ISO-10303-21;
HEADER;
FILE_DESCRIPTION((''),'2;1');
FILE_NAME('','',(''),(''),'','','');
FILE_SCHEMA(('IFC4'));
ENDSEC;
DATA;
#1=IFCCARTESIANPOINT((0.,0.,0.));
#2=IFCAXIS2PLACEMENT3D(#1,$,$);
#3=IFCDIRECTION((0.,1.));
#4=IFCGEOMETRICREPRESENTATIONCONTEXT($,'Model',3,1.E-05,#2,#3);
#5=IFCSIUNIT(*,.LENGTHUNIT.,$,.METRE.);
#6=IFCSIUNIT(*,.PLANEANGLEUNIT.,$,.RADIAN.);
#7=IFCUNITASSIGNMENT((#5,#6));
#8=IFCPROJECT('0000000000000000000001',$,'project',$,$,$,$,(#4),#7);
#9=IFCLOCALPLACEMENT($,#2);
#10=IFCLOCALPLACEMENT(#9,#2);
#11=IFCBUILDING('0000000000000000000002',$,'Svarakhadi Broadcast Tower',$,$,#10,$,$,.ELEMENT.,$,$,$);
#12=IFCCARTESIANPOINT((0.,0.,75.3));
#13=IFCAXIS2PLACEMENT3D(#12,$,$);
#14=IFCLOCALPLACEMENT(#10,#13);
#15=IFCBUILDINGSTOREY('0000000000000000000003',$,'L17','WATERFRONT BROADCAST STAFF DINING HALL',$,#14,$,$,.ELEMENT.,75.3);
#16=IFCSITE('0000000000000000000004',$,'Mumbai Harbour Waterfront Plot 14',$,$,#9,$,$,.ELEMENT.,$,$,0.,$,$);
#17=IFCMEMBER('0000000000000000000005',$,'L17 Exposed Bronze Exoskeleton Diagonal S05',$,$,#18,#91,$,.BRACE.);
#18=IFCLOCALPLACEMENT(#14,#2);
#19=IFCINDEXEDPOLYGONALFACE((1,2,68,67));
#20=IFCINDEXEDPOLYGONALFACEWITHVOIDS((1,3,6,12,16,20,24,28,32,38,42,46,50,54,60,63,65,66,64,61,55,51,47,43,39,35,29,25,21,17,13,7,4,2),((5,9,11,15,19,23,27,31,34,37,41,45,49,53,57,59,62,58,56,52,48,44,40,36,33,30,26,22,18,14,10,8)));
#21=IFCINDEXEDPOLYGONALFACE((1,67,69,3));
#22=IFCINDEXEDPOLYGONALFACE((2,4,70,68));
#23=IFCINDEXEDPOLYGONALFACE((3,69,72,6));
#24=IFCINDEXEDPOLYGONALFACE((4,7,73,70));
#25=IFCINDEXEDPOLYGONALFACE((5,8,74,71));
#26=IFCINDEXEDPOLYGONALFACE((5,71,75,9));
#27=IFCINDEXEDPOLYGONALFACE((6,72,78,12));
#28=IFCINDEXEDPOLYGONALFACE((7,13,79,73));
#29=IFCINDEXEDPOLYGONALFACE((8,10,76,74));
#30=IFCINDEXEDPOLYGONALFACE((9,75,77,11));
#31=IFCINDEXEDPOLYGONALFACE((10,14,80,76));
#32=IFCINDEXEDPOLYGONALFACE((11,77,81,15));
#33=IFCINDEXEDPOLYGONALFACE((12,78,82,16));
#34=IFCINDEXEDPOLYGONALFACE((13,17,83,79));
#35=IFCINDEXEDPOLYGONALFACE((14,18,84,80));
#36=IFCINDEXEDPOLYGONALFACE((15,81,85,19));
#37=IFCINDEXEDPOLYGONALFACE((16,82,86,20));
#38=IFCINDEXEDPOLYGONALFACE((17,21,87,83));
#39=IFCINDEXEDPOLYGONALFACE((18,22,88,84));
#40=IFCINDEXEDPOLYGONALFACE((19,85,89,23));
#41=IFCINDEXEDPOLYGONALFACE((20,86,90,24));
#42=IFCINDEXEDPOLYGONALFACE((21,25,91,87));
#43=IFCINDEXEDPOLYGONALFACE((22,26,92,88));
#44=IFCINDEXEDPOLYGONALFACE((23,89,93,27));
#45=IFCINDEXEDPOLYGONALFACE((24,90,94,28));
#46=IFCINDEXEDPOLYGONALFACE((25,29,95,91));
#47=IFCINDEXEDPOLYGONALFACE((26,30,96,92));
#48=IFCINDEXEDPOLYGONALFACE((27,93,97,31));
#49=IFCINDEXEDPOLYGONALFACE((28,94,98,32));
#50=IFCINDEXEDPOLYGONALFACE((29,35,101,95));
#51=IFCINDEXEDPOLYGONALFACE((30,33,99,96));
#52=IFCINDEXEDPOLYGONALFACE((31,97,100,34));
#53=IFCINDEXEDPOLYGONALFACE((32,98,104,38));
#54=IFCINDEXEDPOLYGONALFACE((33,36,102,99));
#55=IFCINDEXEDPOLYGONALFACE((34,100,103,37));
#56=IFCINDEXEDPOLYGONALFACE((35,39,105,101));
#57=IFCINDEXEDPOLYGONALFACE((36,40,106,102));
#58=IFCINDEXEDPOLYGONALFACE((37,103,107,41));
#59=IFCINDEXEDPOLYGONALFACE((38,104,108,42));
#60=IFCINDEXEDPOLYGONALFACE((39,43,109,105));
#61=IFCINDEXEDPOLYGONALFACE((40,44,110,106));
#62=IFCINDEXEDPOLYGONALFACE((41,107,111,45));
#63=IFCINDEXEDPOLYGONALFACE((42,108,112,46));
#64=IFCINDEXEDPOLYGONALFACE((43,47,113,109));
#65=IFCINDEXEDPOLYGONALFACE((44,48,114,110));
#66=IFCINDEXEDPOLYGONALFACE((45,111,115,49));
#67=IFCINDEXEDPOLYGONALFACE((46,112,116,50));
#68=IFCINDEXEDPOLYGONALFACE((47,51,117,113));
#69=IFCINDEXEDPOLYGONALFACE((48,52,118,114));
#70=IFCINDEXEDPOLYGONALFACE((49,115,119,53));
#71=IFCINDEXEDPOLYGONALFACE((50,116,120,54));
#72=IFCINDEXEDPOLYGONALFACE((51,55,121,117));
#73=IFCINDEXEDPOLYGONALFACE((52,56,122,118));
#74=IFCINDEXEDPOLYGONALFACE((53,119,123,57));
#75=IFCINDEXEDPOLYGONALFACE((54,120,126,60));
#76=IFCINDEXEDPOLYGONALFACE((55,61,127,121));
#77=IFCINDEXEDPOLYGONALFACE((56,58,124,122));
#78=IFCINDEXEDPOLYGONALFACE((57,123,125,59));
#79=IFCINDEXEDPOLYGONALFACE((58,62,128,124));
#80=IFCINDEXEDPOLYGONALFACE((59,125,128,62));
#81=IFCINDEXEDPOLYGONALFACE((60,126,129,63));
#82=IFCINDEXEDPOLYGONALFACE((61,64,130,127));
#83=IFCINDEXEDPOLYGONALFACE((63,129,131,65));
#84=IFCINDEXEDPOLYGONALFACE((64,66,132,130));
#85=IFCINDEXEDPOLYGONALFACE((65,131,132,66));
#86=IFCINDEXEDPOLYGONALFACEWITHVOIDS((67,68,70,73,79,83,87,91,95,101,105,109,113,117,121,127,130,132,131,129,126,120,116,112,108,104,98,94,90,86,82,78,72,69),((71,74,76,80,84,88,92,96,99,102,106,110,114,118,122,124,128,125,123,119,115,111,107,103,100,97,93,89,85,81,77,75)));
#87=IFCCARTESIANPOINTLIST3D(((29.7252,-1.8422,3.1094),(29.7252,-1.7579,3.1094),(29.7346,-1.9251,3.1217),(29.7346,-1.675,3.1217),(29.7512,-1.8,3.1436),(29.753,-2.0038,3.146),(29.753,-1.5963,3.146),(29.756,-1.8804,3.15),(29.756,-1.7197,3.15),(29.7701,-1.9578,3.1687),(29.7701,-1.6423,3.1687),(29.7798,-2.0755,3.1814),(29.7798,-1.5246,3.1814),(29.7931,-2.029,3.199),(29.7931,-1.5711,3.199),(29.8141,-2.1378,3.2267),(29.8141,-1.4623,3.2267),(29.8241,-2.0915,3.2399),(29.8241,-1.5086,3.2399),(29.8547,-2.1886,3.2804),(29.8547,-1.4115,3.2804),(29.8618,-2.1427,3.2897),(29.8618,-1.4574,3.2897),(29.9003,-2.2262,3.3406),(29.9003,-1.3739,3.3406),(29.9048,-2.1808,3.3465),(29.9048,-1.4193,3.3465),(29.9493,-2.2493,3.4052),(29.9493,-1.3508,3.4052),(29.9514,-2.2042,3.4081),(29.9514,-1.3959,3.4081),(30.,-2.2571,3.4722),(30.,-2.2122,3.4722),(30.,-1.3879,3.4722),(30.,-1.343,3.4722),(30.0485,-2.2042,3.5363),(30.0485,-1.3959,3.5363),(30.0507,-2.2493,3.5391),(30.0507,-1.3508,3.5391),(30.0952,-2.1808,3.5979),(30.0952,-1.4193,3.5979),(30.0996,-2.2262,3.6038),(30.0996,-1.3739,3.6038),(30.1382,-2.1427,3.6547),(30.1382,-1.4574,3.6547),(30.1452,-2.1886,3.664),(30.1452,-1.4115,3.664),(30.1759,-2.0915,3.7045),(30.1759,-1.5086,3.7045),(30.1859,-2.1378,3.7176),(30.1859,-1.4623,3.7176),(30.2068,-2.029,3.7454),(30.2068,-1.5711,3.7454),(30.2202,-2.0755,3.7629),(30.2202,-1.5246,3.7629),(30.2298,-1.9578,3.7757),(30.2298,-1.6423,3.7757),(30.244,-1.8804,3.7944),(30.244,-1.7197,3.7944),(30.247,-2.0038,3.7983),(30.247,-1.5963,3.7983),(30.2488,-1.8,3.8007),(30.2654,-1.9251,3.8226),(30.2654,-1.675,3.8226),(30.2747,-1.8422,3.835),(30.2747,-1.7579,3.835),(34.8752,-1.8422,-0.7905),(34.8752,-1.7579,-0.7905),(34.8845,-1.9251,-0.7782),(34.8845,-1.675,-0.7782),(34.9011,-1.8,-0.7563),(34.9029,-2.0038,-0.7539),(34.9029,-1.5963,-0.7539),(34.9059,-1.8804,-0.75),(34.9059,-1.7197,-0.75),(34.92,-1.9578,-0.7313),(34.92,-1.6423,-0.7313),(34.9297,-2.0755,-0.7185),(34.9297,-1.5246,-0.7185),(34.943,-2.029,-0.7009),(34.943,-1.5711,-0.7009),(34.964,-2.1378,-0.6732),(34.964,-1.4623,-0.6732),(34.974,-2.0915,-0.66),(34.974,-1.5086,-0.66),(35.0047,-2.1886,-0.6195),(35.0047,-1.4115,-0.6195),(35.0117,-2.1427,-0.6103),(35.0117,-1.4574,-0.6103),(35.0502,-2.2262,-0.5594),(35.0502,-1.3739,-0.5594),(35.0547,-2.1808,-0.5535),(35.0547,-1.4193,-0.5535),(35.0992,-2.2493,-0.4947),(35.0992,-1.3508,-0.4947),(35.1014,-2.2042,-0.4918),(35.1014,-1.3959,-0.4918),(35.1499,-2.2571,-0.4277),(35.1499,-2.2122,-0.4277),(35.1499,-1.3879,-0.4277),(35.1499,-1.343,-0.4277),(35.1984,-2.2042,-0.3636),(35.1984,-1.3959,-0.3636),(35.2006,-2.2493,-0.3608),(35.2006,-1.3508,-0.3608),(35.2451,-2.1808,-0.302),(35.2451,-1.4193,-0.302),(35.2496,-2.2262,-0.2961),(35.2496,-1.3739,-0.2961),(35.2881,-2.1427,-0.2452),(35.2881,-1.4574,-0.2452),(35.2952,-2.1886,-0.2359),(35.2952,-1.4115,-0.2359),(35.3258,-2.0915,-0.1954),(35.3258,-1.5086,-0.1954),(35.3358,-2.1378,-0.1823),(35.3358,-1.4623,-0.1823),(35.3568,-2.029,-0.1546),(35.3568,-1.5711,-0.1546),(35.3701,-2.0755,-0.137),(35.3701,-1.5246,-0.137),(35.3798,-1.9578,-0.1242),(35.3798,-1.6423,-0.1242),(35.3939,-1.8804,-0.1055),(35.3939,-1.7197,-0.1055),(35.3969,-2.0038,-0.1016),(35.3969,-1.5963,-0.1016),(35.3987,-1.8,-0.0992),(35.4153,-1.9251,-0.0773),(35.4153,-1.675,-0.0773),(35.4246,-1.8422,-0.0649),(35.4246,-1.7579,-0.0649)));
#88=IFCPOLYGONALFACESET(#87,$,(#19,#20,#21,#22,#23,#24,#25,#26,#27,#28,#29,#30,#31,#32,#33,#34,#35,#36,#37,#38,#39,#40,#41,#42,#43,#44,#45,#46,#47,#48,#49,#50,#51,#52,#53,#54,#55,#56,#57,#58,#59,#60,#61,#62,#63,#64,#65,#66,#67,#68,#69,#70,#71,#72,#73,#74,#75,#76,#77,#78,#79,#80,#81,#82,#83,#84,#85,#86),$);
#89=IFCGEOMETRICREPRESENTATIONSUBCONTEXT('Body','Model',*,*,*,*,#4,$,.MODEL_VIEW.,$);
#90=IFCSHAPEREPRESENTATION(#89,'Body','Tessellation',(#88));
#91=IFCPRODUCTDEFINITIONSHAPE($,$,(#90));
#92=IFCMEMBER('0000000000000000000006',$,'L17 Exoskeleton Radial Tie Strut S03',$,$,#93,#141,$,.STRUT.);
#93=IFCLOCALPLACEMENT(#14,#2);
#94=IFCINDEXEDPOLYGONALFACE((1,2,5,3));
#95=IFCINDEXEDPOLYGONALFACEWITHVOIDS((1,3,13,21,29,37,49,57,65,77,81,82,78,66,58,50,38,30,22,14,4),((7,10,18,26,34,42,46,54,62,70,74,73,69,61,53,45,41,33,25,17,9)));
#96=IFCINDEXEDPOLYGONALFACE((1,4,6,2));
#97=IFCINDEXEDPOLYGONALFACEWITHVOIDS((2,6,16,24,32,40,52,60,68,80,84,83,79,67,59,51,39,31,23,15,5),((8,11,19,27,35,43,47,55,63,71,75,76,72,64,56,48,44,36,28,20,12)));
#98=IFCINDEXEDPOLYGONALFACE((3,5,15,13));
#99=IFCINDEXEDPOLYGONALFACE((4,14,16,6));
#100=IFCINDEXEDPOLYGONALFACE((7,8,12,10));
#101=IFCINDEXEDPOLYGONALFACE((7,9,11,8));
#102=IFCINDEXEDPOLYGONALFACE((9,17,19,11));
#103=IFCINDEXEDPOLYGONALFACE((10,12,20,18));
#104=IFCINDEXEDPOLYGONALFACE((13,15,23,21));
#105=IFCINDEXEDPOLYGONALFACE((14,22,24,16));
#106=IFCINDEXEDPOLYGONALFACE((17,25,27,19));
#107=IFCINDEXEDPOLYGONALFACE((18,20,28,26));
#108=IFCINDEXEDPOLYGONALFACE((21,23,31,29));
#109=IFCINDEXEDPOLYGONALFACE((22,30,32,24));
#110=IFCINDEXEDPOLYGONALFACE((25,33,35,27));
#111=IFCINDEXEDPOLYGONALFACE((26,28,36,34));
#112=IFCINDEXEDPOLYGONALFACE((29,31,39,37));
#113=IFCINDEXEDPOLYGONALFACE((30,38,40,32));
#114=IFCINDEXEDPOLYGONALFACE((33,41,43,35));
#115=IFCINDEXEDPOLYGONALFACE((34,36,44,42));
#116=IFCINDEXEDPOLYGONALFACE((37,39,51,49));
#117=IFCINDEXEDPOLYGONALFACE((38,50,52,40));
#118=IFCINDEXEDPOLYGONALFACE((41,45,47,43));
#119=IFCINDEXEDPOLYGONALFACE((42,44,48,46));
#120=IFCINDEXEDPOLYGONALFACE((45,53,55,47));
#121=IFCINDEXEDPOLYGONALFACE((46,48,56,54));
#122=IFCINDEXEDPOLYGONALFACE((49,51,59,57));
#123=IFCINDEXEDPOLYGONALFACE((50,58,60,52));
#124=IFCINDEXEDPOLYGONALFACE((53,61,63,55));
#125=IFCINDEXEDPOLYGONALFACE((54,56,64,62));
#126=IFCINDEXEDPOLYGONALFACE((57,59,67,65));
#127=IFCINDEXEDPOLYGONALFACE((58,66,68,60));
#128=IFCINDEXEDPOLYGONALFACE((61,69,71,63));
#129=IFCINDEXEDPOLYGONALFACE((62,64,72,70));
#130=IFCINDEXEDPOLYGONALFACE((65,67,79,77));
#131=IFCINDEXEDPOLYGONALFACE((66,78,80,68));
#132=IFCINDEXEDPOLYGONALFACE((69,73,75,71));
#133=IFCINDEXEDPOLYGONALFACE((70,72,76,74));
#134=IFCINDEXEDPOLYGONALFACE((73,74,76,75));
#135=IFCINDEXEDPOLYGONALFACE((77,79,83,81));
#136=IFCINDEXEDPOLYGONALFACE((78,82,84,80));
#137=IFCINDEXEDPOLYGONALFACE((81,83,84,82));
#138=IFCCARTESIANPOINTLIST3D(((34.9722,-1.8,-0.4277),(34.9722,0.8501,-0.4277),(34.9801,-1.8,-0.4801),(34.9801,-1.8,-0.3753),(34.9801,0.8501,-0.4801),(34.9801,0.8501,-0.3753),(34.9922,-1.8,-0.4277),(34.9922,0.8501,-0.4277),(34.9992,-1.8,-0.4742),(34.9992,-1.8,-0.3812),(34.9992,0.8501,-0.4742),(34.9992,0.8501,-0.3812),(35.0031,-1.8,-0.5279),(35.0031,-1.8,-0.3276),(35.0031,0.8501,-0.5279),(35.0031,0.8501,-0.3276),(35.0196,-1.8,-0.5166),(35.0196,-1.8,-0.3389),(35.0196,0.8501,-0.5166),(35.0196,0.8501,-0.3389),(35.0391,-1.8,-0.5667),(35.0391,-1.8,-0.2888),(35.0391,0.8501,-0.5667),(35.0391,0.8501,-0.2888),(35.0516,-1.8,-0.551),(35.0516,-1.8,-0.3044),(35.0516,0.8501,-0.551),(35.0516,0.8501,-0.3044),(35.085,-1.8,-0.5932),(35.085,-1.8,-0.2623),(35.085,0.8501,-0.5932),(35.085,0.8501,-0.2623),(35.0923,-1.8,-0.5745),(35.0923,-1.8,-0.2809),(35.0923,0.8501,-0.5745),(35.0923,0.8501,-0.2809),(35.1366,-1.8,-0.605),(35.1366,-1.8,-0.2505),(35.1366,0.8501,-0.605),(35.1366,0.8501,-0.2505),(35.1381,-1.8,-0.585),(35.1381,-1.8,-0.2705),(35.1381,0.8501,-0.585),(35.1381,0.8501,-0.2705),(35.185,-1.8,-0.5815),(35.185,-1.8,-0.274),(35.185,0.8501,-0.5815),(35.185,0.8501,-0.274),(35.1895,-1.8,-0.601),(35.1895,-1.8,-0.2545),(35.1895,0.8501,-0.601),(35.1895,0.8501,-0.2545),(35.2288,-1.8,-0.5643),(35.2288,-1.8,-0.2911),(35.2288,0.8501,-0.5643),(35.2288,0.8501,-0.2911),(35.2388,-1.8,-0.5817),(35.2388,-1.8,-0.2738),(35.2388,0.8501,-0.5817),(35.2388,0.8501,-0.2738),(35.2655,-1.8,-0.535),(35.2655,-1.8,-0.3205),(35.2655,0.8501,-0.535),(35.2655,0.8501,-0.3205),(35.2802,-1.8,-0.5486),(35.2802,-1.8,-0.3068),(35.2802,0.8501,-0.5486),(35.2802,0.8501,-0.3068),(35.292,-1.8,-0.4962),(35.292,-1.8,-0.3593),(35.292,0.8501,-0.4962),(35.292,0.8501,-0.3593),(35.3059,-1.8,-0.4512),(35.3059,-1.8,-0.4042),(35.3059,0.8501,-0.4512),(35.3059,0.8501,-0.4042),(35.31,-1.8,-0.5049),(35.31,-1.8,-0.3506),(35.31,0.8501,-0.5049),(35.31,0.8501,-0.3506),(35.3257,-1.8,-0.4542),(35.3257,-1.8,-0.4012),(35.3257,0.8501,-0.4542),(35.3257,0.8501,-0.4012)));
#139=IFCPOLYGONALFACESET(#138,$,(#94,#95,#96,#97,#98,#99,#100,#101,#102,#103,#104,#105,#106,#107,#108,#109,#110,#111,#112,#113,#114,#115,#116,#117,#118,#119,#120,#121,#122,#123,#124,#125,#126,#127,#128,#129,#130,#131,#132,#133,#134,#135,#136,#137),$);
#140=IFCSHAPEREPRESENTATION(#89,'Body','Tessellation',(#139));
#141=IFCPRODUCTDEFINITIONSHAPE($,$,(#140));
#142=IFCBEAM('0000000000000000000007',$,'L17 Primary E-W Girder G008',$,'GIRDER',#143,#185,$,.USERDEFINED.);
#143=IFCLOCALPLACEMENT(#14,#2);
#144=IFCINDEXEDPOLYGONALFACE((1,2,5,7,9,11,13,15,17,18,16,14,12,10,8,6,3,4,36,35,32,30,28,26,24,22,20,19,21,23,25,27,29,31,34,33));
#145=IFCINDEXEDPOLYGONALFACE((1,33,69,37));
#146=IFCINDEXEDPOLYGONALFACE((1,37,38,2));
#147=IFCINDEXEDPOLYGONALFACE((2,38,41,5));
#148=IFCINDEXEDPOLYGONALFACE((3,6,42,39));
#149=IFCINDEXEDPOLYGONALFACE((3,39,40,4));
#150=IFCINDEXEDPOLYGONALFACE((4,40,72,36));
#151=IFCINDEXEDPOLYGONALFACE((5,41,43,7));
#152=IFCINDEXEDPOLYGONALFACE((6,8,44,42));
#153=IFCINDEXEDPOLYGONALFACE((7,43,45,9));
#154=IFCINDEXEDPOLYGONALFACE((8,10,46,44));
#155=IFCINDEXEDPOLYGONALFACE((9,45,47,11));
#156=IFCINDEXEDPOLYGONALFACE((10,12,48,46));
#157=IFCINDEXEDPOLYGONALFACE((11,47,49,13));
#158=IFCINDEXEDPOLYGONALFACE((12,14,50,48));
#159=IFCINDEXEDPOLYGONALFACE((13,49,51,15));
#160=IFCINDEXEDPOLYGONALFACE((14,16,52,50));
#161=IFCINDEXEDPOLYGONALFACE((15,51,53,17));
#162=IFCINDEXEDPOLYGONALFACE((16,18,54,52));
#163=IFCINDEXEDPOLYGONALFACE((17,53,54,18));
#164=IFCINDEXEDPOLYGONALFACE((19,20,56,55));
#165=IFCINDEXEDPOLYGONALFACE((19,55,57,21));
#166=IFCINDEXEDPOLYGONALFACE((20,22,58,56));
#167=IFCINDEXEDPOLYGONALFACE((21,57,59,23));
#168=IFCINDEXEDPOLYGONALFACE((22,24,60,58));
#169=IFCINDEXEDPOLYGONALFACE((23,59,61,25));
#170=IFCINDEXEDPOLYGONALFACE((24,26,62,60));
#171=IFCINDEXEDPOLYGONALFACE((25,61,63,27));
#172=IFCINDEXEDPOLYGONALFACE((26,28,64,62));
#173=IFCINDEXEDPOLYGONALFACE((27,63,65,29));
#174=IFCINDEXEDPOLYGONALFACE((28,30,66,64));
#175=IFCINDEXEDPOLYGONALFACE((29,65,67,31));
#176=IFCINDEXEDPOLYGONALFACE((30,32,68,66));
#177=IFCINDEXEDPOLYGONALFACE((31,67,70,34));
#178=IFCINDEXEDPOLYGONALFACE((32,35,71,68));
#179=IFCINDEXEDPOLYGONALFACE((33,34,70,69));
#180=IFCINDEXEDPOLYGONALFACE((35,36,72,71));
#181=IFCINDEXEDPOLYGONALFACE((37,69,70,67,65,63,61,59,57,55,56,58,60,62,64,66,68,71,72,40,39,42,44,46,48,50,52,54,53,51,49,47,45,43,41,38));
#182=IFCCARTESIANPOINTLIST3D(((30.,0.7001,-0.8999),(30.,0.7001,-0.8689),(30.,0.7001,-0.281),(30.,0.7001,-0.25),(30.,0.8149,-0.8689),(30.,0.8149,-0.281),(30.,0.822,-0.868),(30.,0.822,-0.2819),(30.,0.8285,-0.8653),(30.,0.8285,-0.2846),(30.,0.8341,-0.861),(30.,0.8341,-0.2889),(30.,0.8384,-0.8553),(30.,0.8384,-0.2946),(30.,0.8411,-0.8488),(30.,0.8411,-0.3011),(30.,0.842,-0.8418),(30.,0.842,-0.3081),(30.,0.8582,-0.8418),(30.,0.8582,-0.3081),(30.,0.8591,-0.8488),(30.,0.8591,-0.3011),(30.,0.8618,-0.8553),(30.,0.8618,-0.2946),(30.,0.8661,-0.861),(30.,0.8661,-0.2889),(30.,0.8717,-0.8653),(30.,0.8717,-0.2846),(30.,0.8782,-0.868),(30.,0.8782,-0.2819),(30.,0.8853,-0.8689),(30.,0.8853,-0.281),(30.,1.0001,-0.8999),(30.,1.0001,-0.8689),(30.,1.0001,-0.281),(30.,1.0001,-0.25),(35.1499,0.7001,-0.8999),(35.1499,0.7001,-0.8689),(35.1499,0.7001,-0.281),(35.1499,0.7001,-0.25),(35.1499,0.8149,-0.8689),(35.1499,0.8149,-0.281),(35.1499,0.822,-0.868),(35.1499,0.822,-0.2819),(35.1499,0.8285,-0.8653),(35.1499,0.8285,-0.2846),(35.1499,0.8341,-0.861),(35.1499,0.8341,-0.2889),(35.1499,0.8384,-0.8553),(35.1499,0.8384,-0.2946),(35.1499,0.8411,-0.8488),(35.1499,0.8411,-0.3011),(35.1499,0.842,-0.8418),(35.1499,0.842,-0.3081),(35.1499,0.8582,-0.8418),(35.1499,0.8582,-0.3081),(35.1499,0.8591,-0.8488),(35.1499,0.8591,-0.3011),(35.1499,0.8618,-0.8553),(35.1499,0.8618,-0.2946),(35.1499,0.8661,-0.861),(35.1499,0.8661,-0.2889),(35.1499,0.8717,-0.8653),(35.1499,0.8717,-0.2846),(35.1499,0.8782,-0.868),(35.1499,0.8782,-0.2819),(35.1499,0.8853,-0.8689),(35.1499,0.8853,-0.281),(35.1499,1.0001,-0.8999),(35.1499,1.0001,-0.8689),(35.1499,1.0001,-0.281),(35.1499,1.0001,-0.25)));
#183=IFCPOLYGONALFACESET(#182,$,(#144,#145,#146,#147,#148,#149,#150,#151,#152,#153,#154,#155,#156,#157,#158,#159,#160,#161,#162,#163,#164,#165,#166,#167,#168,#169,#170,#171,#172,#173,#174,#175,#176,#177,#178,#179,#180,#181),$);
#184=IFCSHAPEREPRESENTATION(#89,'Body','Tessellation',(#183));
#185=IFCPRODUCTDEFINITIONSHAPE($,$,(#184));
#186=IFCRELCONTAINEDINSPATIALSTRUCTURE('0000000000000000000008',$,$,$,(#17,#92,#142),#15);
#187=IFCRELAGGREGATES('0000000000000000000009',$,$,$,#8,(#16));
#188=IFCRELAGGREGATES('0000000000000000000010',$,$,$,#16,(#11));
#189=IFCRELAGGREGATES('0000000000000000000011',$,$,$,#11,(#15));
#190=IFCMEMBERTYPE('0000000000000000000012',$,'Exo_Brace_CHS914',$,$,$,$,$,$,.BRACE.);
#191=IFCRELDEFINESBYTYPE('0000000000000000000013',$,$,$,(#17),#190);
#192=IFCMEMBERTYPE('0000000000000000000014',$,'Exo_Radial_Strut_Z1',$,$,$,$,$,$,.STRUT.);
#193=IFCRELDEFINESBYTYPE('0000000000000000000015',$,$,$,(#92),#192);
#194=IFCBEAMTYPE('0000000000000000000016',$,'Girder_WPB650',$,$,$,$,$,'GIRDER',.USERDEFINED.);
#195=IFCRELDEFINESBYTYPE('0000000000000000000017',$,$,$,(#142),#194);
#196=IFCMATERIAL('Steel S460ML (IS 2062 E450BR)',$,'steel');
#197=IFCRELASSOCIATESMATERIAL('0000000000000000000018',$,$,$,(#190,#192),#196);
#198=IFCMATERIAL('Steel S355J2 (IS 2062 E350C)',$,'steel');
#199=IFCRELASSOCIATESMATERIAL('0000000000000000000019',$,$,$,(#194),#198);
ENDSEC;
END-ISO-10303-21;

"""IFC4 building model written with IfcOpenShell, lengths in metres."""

from ifc_helpers import new_model, si_unit, direction, frame, origin, origin_2d, place, context, subcontext, project, spatial, hollow_circle, i_section, extrude, material, material_profile, profile_set, type_object, element, save


model = new_model("IFC4")

# Units and contexts
model_context = context("Model", 3, precision=1e-05, world=origin(), true_north=direction((0.0, 1.0)))
body_context = subcontext(model_context, "Body", "Model", "MODEL_VIEW")
ifc_project = project(units=[si_unit("LENGTHUNIT", "METRE"), si_unit("PLANEANGLEUNIT", "RADIAN")], contexts=[model_context])

# Site, building, storey
site_placement = place(None, origin())
site = spatial("IfcSite", under=ifc_project, at=site_placement, Name="Mumbai Harbour Waterfront Plot 14", CompositionType="ELEMENT", RefElevation=0.0)
building_placement = place(site_placement, origin())
building = spatial("IfcBuilding", under=site, at=building_placement, Name="Svarakhadi Broadcast Tower", CompositionType="ELEMENT")
storey_placement = place(building_placement, frame((0.0, 0.0, 75.3)))
storey = spatial("IfcBuildingStorey", under=building, at=storey_placement, Name="L17", Description="WATERFRONT BROADCAST STAFF DINING HALL", CompositionType="ELEMENT", Elevation=75.3)

# Members
ifc_material_1 = material(Name="Steel S460ML (IS 2062 E450BR)", Category="steel")
ifc_material_profile_1 = material_profile(ifc_material_1, hollow_circle(Radius=0.457, WallThickness=0.0449, at=origin_2d()), Name="CHS 914x45")
ifc_profile_set_1 = profile_set([ifc_material_profile_1], Name="Steel S460ML (IS 2062 E450BR)")
member_type_1 = type_object("IfcMemberType", Name="Exo_Brace_CHS914", PredefinedType="BRACE", material=ifc_profile_set_1)
member_1_placement = place(storey_placement, frame((35.1499, -1.8, -0.4277), z_axis=(-0.797207, 0.0, 0.603706), x_axis=(0.0, -1.0, 0.0)))
element("IfcMember", 1, at=member_1_placement, inside=storey, type_object=member_type_1, Name="L17 Exposed Bronze Exoskeleton Diagonal S05", PredefinedType="BRACE", context=body_context, shape_type="SweptSolid", body=[
    extrude(hollow_circle(Radius=0.457, WallThickness=0.0449, at=origin_2d()), origin(), (0.0, 0.0, 1.0), 6.46),
])
ifc_material_profile_2 = material_profile(ifc_material_1, hollow_circle(Radius=0.1777, WallThickness=0.02, at=origin_2d()), Name="CHS 355.6x20")
ifc_profile_set_2 = profile_set([ifc_material_profile_2], Name="Steel S460ML (IS 2062 E450BR)")
member_type_2 = type_object("IfcMemberType", Name="Exo_Radial_Strut_Z1", PredefinedType="STRUT", material=ifc_profile_set_2)
member_2_placement = place(storey_placement, frame((35.1499, -1.8, -0.4277), z_axis=(0.0, 1.0, 0.0), x_axis=(-1.0, 0.0, 0.0)))
element("IfcMember", 2, at=member_2_placement, inside=storey, type_object=member_type_2, Name="L17 Exoskeleton Radial Tie Strut S03", PredefinedType="STRUT", context=body_context, shape_type="SweptSolid", body=[
    extrude(hollow_circle(Radius=0.1777, WallThickness=0.02, at=origin_2d()), origin(), (0.0, 0.0, 1.0), 2.6501),
])

# Beam
ifc_material_2 = material(Name="Steel S355J2 (IS 2062 E350C)", Category="steel")
ifc_material_profile_3 = material_profile(ifc_material_2, i_section(OverallWidth=0.3, OverallDepth=0.6499, WebThickness=0.0161, FlangeThickness=0.031, FilletRadius=0.0271, at=origin_2d()), Name="WPB 650x300x225")
ifc_profile_set_3 = profile_set([ifc_material_profile_3], Name="Steel S355J2 (IS 2062 E350C)")
beam_type_1 = type_object("IfcBeamType", Name="Girder_WPB650", ElementType="GIRDER", PredefinedType="USERDEFINED", material=ifc_profile_set_3)
beam_1_placement = place(storey_placement, frame((30.0, 0.8501, -0.575), z_axis=(1.0, 0.0, 0.0), x_axis=(0.0, 1.0, 0.0)))
element("IfcBeam", 3, at=beam_1_placement, inside=storey, type_object=beam_type_1, Name="L17 Primary E-W Girder G008", ObjectType="GIRDER", PredefinedType="USERDEFINED", context=body_context, shape_type="SweptSolid", body=[
    extrude(i_section(OverallWidth=0.3, OverallDepth=0.6499, WebThickness=0.0161, FlangeThickness=0.031, FilletRadius=0.0271, at=origin_2d()), origin(), (0.0, 0.0, 1.0), 5.1499),
])

save(model, "model.ifc")
